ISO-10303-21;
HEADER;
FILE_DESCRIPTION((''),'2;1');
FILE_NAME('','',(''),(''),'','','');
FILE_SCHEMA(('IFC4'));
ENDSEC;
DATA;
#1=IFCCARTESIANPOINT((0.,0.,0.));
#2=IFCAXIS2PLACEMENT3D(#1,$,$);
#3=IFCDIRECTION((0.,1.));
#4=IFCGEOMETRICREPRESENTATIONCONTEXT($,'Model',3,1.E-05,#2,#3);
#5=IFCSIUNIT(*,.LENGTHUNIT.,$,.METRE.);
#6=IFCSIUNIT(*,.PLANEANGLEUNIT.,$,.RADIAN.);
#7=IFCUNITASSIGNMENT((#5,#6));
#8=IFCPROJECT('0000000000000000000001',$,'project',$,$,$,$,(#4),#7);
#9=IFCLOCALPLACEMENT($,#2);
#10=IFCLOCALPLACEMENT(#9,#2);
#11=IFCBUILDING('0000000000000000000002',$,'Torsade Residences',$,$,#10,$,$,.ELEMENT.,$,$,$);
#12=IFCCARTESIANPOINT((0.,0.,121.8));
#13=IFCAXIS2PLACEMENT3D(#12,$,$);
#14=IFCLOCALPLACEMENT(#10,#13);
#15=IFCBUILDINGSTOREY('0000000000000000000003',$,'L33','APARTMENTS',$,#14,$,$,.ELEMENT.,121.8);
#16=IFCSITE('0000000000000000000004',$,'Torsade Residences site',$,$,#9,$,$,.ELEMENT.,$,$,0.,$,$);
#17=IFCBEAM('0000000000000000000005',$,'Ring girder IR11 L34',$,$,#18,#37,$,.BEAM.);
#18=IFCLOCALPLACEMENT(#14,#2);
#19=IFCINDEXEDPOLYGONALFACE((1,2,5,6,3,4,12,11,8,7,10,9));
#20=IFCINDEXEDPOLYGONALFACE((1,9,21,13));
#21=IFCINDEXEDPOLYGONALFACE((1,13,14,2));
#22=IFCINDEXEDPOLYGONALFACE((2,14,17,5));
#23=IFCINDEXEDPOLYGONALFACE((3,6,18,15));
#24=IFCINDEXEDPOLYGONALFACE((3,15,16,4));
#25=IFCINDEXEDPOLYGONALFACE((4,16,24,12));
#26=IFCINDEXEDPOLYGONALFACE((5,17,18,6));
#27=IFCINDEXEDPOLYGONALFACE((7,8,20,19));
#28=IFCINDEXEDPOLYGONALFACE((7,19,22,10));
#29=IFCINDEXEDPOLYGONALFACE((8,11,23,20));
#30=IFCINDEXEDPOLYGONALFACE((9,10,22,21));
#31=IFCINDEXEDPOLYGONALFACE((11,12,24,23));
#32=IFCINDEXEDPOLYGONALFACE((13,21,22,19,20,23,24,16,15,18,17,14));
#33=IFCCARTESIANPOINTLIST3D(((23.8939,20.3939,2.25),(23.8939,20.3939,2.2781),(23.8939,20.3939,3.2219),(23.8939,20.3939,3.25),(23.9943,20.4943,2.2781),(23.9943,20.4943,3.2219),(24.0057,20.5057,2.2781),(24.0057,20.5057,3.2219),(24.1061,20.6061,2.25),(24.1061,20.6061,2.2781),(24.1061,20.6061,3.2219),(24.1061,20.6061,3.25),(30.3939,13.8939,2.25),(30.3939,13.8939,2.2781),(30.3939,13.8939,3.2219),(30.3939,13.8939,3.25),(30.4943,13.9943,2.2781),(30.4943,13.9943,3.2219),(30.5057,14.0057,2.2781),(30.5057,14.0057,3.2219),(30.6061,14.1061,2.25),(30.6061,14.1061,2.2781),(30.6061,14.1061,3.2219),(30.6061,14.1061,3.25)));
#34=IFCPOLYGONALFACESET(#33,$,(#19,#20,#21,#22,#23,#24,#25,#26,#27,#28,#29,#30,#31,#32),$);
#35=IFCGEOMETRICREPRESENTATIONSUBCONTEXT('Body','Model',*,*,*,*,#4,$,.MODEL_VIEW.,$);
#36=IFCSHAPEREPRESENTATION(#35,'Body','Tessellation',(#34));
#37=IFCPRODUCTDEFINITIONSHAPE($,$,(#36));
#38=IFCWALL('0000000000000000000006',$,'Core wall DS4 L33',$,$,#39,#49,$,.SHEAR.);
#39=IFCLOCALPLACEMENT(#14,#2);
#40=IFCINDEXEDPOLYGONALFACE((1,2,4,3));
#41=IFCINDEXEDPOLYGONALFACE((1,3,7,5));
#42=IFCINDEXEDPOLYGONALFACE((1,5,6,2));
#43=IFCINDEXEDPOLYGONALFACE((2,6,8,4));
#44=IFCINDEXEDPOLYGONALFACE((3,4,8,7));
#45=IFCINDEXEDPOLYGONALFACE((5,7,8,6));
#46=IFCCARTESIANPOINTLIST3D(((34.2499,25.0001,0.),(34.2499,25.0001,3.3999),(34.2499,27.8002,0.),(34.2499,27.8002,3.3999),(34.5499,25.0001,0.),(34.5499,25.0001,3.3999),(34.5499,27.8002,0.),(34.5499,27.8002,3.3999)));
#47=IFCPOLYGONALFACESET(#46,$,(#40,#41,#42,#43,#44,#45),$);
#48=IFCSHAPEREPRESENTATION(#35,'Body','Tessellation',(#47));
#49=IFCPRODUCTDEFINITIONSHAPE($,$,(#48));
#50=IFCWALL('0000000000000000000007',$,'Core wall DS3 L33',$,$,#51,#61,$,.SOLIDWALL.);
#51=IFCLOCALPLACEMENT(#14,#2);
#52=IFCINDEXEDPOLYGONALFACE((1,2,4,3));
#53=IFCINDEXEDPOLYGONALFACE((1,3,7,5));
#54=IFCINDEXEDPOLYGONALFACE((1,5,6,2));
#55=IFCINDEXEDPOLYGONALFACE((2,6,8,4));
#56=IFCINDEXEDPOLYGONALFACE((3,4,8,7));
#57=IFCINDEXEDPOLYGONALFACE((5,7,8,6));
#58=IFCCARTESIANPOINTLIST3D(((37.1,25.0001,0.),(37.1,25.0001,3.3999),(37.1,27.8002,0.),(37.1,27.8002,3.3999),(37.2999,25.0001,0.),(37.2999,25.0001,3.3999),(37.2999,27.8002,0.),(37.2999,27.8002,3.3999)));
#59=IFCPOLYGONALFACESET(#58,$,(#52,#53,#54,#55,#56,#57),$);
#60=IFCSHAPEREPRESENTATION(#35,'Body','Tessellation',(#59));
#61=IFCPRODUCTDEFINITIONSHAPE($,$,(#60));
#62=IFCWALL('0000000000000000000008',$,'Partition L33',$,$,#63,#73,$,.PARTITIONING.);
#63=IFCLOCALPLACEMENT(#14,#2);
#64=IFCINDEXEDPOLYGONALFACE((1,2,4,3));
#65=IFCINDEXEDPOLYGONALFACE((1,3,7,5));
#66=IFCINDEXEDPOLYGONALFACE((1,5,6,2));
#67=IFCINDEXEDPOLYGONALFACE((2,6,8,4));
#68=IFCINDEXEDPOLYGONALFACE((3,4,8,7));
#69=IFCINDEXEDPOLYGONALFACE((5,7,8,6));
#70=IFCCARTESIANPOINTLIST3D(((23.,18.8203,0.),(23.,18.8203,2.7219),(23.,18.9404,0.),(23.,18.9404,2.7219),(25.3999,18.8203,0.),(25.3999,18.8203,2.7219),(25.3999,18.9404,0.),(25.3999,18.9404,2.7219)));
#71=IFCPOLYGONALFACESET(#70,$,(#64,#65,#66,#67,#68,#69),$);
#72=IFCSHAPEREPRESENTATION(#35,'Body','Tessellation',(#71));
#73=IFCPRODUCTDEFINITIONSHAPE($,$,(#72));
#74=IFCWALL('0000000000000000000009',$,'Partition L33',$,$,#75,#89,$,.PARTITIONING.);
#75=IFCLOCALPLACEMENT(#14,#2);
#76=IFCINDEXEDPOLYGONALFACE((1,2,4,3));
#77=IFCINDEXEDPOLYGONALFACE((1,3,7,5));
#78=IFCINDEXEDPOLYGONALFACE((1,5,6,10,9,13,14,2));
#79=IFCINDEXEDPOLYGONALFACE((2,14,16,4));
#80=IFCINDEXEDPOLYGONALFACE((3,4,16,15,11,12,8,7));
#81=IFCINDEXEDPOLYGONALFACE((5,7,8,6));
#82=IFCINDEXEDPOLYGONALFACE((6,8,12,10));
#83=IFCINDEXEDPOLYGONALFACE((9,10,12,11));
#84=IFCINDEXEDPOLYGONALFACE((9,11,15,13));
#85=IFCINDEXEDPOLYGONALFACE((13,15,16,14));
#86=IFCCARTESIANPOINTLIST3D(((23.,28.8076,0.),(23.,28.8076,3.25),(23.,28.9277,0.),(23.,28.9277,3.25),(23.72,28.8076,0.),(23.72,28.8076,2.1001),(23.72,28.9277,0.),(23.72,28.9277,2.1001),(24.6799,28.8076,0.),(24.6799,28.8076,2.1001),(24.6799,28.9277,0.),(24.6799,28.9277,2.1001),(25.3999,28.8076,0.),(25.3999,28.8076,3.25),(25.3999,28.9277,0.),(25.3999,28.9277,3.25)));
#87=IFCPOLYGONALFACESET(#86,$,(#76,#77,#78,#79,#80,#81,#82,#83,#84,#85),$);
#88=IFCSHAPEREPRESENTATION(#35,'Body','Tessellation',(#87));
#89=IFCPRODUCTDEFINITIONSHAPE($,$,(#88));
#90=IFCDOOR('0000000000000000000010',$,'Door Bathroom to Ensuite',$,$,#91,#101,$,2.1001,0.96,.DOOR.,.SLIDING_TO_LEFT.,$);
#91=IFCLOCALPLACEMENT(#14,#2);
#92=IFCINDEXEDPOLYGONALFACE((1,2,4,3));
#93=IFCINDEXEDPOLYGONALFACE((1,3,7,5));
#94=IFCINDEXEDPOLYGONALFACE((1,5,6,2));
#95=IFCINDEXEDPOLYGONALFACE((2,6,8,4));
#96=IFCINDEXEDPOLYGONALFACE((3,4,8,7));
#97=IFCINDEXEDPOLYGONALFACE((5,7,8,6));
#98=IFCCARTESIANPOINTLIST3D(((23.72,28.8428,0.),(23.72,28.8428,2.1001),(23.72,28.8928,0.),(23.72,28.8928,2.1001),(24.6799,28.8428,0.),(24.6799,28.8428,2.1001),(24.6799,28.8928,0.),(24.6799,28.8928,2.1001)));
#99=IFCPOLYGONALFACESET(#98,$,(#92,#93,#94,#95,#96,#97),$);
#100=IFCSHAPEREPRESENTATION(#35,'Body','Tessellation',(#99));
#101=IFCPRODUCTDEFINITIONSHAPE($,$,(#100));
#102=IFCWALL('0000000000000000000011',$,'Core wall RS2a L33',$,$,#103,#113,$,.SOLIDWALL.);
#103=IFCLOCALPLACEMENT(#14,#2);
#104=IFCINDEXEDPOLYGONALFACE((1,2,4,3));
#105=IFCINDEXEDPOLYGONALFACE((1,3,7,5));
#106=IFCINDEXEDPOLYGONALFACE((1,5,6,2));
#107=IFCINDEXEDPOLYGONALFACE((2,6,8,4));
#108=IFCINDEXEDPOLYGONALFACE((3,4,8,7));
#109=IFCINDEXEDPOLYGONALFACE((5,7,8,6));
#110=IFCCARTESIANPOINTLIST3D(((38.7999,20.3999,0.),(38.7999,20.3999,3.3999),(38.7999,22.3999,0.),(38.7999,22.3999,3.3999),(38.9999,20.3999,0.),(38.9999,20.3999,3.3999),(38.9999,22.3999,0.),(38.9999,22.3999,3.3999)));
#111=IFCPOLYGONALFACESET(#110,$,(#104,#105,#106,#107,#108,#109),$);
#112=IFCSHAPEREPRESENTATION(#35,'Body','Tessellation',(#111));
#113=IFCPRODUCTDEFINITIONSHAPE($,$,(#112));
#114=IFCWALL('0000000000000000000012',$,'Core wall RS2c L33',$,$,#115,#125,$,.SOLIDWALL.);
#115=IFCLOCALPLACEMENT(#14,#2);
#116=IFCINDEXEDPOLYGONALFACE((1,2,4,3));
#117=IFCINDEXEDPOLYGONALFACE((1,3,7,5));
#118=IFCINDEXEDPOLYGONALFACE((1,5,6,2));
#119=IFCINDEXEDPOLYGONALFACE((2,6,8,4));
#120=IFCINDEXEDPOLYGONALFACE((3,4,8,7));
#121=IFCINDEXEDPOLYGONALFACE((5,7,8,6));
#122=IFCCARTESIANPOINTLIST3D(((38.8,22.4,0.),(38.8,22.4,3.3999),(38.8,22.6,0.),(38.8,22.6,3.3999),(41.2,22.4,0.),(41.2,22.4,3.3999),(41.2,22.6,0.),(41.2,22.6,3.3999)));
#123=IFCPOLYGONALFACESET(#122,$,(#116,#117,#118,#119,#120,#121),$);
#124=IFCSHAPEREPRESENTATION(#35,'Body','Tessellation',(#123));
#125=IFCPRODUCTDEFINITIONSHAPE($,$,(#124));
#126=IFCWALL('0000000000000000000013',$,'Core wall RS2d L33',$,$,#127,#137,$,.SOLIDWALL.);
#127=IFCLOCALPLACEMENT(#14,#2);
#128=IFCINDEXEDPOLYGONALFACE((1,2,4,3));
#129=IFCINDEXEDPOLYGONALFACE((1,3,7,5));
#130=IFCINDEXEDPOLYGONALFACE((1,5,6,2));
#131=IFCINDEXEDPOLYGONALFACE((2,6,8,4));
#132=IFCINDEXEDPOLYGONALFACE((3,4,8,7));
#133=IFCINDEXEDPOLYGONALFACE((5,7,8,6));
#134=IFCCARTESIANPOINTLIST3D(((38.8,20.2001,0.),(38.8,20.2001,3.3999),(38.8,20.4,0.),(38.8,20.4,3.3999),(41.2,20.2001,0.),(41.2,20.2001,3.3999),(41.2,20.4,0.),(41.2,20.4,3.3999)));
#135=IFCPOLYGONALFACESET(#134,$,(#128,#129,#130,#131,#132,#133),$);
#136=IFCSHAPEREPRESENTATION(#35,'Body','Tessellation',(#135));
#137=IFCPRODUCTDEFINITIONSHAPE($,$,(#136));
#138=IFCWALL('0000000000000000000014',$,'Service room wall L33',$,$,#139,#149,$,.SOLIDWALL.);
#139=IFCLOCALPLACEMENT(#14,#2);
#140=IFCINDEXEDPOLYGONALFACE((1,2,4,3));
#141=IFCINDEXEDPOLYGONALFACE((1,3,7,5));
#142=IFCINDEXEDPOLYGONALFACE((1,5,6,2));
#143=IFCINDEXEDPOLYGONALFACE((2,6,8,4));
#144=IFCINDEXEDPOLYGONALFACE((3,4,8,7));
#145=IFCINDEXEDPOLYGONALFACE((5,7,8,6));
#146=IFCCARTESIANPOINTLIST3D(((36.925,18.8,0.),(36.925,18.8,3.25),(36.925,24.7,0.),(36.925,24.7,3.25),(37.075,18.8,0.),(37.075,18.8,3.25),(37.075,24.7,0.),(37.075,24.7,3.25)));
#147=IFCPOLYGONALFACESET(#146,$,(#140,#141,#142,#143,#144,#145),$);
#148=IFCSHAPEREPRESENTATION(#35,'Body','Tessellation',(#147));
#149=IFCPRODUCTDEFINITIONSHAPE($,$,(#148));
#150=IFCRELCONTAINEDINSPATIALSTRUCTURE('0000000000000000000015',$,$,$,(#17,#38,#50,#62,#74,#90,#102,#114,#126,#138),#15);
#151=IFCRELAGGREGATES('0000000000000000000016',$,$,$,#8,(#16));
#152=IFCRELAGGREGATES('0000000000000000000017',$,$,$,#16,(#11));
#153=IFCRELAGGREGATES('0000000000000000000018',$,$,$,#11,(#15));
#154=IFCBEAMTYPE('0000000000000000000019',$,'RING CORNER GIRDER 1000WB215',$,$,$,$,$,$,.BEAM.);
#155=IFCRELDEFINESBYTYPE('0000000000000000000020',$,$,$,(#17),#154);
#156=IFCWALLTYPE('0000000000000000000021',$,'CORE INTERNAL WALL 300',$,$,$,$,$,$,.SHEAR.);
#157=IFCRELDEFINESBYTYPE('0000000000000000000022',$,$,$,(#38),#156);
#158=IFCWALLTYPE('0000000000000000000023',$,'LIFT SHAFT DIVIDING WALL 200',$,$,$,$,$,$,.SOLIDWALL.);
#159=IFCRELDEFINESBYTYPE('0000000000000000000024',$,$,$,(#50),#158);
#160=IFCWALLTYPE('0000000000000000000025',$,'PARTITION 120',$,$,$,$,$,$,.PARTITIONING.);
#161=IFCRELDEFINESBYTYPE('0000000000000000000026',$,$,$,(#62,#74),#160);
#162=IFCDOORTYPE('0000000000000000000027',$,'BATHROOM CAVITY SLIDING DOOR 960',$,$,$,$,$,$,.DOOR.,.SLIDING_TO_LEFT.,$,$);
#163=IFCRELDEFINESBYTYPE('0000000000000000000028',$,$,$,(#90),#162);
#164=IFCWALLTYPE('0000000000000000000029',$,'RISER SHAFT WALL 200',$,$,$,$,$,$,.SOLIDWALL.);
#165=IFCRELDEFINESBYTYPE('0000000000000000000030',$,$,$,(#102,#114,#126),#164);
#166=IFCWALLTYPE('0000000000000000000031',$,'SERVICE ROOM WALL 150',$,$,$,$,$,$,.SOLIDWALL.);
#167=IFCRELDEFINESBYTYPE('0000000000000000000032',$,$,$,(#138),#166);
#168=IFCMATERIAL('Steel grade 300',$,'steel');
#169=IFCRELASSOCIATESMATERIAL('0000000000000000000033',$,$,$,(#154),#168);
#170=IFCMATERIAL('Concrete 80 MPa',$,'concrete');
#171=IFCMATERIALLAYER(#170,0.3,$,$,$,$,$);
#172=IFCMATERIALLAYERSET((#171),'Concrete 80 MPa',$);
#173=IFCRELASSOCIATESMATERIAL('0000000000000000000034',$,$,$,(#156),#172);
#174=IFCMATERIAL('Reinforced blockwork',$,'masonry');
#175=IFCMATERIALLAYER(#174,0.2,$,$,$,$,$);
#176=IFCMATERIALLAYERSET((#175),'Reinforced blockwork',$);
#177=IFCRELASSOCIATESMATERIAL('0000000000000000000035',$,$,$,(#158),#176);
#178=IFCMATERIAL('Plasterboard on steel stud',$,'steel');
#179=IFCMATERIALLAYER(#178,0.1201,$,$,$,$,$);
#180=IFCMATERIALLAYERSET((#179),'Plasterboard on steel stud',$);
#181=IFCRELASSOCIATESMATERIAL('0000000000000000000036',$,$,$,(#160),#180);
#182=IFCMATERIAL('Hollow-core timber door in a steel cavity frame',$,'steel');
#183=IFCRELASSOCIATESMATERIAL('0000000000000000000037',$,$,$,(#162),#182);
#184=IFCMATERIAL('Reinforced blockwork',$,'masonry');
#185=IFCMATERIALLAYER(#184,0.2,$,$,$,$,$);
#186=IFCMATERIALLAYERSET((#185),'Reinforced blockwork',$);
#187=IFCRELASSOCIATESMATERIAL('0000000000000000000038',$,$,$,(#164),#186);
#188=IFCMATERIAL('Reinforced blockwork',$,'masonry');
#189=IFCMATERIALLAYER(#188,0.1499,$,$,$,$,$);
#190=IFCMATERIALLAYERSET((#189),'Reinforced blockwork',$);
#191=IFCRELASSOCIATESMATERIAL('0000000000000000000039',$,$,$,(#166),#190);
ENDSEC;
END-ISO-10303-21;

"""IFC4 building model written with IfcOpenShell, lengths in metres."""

from ifc_helpers import new_model, si_unit, direction, frame, frame_2d, origin, origin_2d, place, context, subcontext, project, spatial, rectangle, i_section, extrude, material, layer, layer_set, material_profile, profile_set, type_object, element, fill, save


model = new_model("IFC4")

# Units and contexts
model_context = context("Model", 3, precision=1e-05, world=origin(), true_north=direction((0.0, 1.0)))
body_context = subcontext(model_context, "Body", "Model", "MODEL_VIEW")
ifc_project = project(units=[si_unit("LENGTHUNIT", "METRE"), si_unit("PLANEANGLEUNIT", "RADIAN")], contexts=[model_context])

# Site, building, storey
site_placement = place(None, origin())
site = spatial("IfcSite", under=ifc_project, at=site_placement, Name="Torsade Residences site", CompositionType="ELEMENT", RefElevation=0.0)
building_placement = place(site_placement, origin())
building = spatial("IfcBuilding", under=site, at=building_placement, Name="Torsade Residences", CompositionType="ELEMENT")
storey_placement = place(building_placement, frame((0.0, 0.0, 121.8)))
storey = spatial("IfcBuildingStorey", under=building, at=storey_placement, Name="L33", Description="APARTMENTS", CompositionType="ELEMENT", Elevation=121.8)

# Beam
ifc_material_1 = material(Name="Steel grade 300", Category="steel")
ifc_material_profile_1 = material_profile(ifc_material_1, i_section(OverallWidth=0.3, OverallDepth=1.0, WebThickness=0.0161, FlangeThickness=0.0281, at=origin_2d()), Name="1000WB215")
ifc_profile_set_1 = profile_set([ifc_material_profile_1], Name="Steel grade 300")
beam_type_1 = type_object("IfcBeamType", Name="RING CORNER GIRDER 1000WB215", PredefinedType="BEAM", material=ifc_profile_set_1)
beam_1_placement = place(storey_placement, frame((24.0, 20.5, 2.75), z_axis=(0.707107, -0.707107, 0.0), x_axis=(0.707107, 0.707107, 0.0)))
element("IfcBeam", 1, at=beam_1_placement, inside=storey, type_object=beam_type_1, Name="Ring girder IR11 L34", PredefinedType="BEAM", context=body_context, shape_type="SweptSolid", body=[
    extrude(i_section(OverallWidth=0.3, OverallDepth=1.0, WebThickness=0.0161, FlangeThickness=0.0281, at=origin_2d()), origin(), (0.0, 0.0, 1.0), 9.1924),
])

# Walls
ifc_material_2 = material(Name="Concrete 80 MPa", Category="concrete")
ifc_layer_1 = layer(ifc_material_2, 0.3)
ifc_layer_set_1 = layer_set([ifc_layer_1], Name="Concrete 80 MPa")
wall_type_1 = type_object("IfcWallType", Name="CORE INTERNAL WALL 300", PredefinedType="SHEAR", material=ifc_layer_set_1)
wall_1_placement = place(storey_placement, frame((34.3999, 27.8, 0.0), z_axis=(0.0, 0.0, 1.0), x_axis=(0.0, -1.0, 0.0)))
element("IfcWall", 2, at=wall_1_placement, inside=storey, type_object=wall_type_1, Name="Core wall DS4 L33", PredefinedType="SHEAR", context=body_context, shape_type="SweptSolid", body=[
    extrude(rectangle(XDim=2.8, YDim=0.3, at=frame_2d((1.3999, 0.0))), origin(), (0.0, 0.0, 1.0), 3.3999),
])
ifc_material_3 = material(Name="Reinforced blockwork", Category="masonry")
ifc_layer_2 = layer(ifc_material_3, 0.2)
ifc_layer_set_2 = layer_set([ifc_layer_2], Name="Reinforced blockwork")
wall_type_2 = type_object("IfcWallType", Name="LIFT SHAFT DIVIDING WALL 200", PredefinedType="SOLIDWALL", material=ifc_layer_set_2)
wall_2_placement = place(storey_placement, frame((37.2, 27.8, 0.0), z_axis=(0.0, 0.0, 1.0), x_axis=(0.0, -1.0, 0.0)))
element("IfcWall", 3, at=wall_2_placement, inside=storey, type_object=wall_type_2, Name="Core wall DS3 L33", PredefinedType="SOLIDWALL", context=body_context, shape_type="SweptSolid", body=[
    extrude(rectangle(XDim=2.8, YDim=0.2, at=frame_2d((1.3999, 0.0))), origin(), (0.0, 0.0, 1.0), 3.3999),
])
ifc_material_4 = material(Name="Plasterboard on steel stud", Category="steel")
ifc_layer_3 = layer(ifc_material_4, 0.1201)
ifc_layer_set_3 = layer_set([ifc_layer_3], Name="Plasterboard on steel stud")
wall_type_3 = type_object("IfcWallType", Name="PARTITION 120", PredefinedType="PARTITIONING", material=ifc_layer_set_3)
wall_3_placement = place(storey_placement, frame((25.3999, 18.8804, 0.0), z_axis=(0.0, 0.0, 1.0), x_axis=(-1.0, 0.0, 0.0)))
element("IfcWall", 4, at=wall_3_placement, inside=storey, type_object=wall_type_3, Name="Partition L33", PredefinedType="PARTITIONING", context=body_context, shape_type="SweptSolid", body=[
    extrude(rectangle(XDim=2.3999, YDim=0.1201, at=frame_2d((1.2, 0.0))), origin(), (0.0, 0.0, 1.0), 2.7219),
])

# Wall, opening, door
wall_4_placement = place(storey_placement, frame((25.3999, 28.8677, 0.0), z_axis=(0.0, 0.0, 1.0), x_axis=(-1.0, 0.0, 0.0)))
wall_4 = element("IfcWall", 5, at=wall_4_placement, inside=storey, type_object=wall_type_3, Name="Partition L33", PredefinedType="PARTITIONING", context=body_context, shape_type="SweptSolid", body=[
    extrude(rectangle(XDim=2.3999, YDim=0.1201, at=frame_2d((1.2, 0.0))), origin(), (0.0, 0.0, 1.0), 3.25),
])
opening_placement = place(wall_4_placement, frame((0.72, 0.0, 0.0)))
opening = element("IfcOpeningElement", 6, at=opening_placement, cuts=wall_4, PredefinedType="OPENING", context=body_context, shape_type="SweptSolid", body=[
    extrude(rectangle(XDim=0.96, YDim=2.1001, at=frame_2d((0.48, 1.05))), frame((0.0, 0.0701, 0.0), z_axis=(0.0, -1.0, 0.0), x_axis=(1.0, 0.0, 0.0)), (0.0, 0.0, 1.0), 0.1401),
])
ifc_material_5 = material(Name="Hollow-core timber door in a steel cavity frame", Category="steel")
door_type = type_object("IfcDoorType", Name="BATHROOM CAVITY SLIDING DOOR 960", OperationType="SLIDING_TO_LEFT", PredefinedType="DOOR", material=ifc_material_5)
door_placement = place(opening_placement, origin())
door = element("IfcDoor", 7, at=door_placement, inside=storey, type_object=door_type, Name="Door Bathroom to Ensuite", OperationType="SLIDING_TO_LEFT", OverallHeight=2.1001, OverallWidth=0.96, PredefinedType="DOOR", context=body_context, shape_type="SweptSolid", body=[
    extrude(rectangle(XDim=0.96, YDim=2.1001, at=frame_2d((0.48, 1.05))), frame((0.0, 0.0249, 0.0), z_axis=(0.0, -1.0, 0.0), x_axis=(1.0, 0.0, 0.0)), (0.0, 0.0, 1.0), 0.05),
])
fill(opening, door)

# Walls
ifc_material_6 = material(Name="Reinforced blockwork", Category="masonry")
ifc_layer_4 = layer(ifc_material_6, 0.2)
ifc_layer_set_4 = layer_set([ifc_layer_4], Name="Reinforced blockwork")
wall_type_4 = type_object("IfcWallType", Name="RISER SHAFT WALL 200", PredefinedType="SOLIDWALL", material=ifc_layer_set_4)
wall_5_placement = place(storey_placement, frame((38.8999, 22.3999, 0.0), z_axis=(0.0, 0.0, 1.0), x_axis=(0.0, -1.0, 0.0)))
element("IfcWall", 8, at=wall_5_placement, inside=storey, type_object=wall_type_4, Name="Core wall RS2a L33", PredefinedType="SOLIDWALL", context=body_context, shape_type="SweptSolid", body=[
    extrude(rectangle(XDim=2.0, YDim=0.2, at=frame_2d((1.0, 0.0))), origin(), (0.0, 0.0, 1.0), 3.3999),
])
for number, where, z_axis, x_axis, name in (
    (9, (38.8, 22.5, 0.0), (0.0, 0.0, 1.0), (1.0, 0.0, 0.0), "Core wall RS2c L33"),
    (10, (38.8, 20.3, 0.0), (0.0, 0.0, 1.0), (1.0, 0.0, 0.0), "Core wall RS2d L33"),
):
    element("IfcWall", number, at=place(storey_placement, frame(where, z_axis=z_axis, x_axis=x_axis)), inside=storey, type_object=wall_type_4, Name=name, PredefinedType="SOLIDWALL", context=body_context, shape_type="SweptSolid", body=[
        extrude(rectangle(XDim=2.3999, YDim=0.2, at=frame_2d((1.2, 0.0))), origin(), (0.0, 0.0, 1.0), 3.3999),
    ])
ifc_material_7 = material(Name="Reinforced blockwork", Category="masonry")
ifc_layer_5 = layer(ifc_material_7, 0.1499)
ifc_layer_set_5 = layer_set([ifc_layer_5], Name="Reinforced blockwork")
wall_type_5 = type_object("IfcWallType", Name="SERVICE ROOM WALL 150", PredefinedType="SOLIDWALL", material=ifc_layer_set_5)
wall_6_placement = place(storey_placement, frame((37.0, 18.8, 0.0), z_axis=(0.0, 0.0, 1.0), x_axis=(0.0, 1.0, 0.0)))
element("IfcWall", 11, at=wall_6_placement, inside=storey, type_object=wall_type_5, Name="Service room wall L33", PredefinedType="SOLIDWALL", context=body_context, shape_type="SweptSolid", body=[
    extrude(rectangle(XDim=5.8999, YDim=0.1499, at=frame_2d((2.95, 0.0))), origin(), (0.0, 0.0, 1.0), 3.25),
])

save(model, "model.ifc")
